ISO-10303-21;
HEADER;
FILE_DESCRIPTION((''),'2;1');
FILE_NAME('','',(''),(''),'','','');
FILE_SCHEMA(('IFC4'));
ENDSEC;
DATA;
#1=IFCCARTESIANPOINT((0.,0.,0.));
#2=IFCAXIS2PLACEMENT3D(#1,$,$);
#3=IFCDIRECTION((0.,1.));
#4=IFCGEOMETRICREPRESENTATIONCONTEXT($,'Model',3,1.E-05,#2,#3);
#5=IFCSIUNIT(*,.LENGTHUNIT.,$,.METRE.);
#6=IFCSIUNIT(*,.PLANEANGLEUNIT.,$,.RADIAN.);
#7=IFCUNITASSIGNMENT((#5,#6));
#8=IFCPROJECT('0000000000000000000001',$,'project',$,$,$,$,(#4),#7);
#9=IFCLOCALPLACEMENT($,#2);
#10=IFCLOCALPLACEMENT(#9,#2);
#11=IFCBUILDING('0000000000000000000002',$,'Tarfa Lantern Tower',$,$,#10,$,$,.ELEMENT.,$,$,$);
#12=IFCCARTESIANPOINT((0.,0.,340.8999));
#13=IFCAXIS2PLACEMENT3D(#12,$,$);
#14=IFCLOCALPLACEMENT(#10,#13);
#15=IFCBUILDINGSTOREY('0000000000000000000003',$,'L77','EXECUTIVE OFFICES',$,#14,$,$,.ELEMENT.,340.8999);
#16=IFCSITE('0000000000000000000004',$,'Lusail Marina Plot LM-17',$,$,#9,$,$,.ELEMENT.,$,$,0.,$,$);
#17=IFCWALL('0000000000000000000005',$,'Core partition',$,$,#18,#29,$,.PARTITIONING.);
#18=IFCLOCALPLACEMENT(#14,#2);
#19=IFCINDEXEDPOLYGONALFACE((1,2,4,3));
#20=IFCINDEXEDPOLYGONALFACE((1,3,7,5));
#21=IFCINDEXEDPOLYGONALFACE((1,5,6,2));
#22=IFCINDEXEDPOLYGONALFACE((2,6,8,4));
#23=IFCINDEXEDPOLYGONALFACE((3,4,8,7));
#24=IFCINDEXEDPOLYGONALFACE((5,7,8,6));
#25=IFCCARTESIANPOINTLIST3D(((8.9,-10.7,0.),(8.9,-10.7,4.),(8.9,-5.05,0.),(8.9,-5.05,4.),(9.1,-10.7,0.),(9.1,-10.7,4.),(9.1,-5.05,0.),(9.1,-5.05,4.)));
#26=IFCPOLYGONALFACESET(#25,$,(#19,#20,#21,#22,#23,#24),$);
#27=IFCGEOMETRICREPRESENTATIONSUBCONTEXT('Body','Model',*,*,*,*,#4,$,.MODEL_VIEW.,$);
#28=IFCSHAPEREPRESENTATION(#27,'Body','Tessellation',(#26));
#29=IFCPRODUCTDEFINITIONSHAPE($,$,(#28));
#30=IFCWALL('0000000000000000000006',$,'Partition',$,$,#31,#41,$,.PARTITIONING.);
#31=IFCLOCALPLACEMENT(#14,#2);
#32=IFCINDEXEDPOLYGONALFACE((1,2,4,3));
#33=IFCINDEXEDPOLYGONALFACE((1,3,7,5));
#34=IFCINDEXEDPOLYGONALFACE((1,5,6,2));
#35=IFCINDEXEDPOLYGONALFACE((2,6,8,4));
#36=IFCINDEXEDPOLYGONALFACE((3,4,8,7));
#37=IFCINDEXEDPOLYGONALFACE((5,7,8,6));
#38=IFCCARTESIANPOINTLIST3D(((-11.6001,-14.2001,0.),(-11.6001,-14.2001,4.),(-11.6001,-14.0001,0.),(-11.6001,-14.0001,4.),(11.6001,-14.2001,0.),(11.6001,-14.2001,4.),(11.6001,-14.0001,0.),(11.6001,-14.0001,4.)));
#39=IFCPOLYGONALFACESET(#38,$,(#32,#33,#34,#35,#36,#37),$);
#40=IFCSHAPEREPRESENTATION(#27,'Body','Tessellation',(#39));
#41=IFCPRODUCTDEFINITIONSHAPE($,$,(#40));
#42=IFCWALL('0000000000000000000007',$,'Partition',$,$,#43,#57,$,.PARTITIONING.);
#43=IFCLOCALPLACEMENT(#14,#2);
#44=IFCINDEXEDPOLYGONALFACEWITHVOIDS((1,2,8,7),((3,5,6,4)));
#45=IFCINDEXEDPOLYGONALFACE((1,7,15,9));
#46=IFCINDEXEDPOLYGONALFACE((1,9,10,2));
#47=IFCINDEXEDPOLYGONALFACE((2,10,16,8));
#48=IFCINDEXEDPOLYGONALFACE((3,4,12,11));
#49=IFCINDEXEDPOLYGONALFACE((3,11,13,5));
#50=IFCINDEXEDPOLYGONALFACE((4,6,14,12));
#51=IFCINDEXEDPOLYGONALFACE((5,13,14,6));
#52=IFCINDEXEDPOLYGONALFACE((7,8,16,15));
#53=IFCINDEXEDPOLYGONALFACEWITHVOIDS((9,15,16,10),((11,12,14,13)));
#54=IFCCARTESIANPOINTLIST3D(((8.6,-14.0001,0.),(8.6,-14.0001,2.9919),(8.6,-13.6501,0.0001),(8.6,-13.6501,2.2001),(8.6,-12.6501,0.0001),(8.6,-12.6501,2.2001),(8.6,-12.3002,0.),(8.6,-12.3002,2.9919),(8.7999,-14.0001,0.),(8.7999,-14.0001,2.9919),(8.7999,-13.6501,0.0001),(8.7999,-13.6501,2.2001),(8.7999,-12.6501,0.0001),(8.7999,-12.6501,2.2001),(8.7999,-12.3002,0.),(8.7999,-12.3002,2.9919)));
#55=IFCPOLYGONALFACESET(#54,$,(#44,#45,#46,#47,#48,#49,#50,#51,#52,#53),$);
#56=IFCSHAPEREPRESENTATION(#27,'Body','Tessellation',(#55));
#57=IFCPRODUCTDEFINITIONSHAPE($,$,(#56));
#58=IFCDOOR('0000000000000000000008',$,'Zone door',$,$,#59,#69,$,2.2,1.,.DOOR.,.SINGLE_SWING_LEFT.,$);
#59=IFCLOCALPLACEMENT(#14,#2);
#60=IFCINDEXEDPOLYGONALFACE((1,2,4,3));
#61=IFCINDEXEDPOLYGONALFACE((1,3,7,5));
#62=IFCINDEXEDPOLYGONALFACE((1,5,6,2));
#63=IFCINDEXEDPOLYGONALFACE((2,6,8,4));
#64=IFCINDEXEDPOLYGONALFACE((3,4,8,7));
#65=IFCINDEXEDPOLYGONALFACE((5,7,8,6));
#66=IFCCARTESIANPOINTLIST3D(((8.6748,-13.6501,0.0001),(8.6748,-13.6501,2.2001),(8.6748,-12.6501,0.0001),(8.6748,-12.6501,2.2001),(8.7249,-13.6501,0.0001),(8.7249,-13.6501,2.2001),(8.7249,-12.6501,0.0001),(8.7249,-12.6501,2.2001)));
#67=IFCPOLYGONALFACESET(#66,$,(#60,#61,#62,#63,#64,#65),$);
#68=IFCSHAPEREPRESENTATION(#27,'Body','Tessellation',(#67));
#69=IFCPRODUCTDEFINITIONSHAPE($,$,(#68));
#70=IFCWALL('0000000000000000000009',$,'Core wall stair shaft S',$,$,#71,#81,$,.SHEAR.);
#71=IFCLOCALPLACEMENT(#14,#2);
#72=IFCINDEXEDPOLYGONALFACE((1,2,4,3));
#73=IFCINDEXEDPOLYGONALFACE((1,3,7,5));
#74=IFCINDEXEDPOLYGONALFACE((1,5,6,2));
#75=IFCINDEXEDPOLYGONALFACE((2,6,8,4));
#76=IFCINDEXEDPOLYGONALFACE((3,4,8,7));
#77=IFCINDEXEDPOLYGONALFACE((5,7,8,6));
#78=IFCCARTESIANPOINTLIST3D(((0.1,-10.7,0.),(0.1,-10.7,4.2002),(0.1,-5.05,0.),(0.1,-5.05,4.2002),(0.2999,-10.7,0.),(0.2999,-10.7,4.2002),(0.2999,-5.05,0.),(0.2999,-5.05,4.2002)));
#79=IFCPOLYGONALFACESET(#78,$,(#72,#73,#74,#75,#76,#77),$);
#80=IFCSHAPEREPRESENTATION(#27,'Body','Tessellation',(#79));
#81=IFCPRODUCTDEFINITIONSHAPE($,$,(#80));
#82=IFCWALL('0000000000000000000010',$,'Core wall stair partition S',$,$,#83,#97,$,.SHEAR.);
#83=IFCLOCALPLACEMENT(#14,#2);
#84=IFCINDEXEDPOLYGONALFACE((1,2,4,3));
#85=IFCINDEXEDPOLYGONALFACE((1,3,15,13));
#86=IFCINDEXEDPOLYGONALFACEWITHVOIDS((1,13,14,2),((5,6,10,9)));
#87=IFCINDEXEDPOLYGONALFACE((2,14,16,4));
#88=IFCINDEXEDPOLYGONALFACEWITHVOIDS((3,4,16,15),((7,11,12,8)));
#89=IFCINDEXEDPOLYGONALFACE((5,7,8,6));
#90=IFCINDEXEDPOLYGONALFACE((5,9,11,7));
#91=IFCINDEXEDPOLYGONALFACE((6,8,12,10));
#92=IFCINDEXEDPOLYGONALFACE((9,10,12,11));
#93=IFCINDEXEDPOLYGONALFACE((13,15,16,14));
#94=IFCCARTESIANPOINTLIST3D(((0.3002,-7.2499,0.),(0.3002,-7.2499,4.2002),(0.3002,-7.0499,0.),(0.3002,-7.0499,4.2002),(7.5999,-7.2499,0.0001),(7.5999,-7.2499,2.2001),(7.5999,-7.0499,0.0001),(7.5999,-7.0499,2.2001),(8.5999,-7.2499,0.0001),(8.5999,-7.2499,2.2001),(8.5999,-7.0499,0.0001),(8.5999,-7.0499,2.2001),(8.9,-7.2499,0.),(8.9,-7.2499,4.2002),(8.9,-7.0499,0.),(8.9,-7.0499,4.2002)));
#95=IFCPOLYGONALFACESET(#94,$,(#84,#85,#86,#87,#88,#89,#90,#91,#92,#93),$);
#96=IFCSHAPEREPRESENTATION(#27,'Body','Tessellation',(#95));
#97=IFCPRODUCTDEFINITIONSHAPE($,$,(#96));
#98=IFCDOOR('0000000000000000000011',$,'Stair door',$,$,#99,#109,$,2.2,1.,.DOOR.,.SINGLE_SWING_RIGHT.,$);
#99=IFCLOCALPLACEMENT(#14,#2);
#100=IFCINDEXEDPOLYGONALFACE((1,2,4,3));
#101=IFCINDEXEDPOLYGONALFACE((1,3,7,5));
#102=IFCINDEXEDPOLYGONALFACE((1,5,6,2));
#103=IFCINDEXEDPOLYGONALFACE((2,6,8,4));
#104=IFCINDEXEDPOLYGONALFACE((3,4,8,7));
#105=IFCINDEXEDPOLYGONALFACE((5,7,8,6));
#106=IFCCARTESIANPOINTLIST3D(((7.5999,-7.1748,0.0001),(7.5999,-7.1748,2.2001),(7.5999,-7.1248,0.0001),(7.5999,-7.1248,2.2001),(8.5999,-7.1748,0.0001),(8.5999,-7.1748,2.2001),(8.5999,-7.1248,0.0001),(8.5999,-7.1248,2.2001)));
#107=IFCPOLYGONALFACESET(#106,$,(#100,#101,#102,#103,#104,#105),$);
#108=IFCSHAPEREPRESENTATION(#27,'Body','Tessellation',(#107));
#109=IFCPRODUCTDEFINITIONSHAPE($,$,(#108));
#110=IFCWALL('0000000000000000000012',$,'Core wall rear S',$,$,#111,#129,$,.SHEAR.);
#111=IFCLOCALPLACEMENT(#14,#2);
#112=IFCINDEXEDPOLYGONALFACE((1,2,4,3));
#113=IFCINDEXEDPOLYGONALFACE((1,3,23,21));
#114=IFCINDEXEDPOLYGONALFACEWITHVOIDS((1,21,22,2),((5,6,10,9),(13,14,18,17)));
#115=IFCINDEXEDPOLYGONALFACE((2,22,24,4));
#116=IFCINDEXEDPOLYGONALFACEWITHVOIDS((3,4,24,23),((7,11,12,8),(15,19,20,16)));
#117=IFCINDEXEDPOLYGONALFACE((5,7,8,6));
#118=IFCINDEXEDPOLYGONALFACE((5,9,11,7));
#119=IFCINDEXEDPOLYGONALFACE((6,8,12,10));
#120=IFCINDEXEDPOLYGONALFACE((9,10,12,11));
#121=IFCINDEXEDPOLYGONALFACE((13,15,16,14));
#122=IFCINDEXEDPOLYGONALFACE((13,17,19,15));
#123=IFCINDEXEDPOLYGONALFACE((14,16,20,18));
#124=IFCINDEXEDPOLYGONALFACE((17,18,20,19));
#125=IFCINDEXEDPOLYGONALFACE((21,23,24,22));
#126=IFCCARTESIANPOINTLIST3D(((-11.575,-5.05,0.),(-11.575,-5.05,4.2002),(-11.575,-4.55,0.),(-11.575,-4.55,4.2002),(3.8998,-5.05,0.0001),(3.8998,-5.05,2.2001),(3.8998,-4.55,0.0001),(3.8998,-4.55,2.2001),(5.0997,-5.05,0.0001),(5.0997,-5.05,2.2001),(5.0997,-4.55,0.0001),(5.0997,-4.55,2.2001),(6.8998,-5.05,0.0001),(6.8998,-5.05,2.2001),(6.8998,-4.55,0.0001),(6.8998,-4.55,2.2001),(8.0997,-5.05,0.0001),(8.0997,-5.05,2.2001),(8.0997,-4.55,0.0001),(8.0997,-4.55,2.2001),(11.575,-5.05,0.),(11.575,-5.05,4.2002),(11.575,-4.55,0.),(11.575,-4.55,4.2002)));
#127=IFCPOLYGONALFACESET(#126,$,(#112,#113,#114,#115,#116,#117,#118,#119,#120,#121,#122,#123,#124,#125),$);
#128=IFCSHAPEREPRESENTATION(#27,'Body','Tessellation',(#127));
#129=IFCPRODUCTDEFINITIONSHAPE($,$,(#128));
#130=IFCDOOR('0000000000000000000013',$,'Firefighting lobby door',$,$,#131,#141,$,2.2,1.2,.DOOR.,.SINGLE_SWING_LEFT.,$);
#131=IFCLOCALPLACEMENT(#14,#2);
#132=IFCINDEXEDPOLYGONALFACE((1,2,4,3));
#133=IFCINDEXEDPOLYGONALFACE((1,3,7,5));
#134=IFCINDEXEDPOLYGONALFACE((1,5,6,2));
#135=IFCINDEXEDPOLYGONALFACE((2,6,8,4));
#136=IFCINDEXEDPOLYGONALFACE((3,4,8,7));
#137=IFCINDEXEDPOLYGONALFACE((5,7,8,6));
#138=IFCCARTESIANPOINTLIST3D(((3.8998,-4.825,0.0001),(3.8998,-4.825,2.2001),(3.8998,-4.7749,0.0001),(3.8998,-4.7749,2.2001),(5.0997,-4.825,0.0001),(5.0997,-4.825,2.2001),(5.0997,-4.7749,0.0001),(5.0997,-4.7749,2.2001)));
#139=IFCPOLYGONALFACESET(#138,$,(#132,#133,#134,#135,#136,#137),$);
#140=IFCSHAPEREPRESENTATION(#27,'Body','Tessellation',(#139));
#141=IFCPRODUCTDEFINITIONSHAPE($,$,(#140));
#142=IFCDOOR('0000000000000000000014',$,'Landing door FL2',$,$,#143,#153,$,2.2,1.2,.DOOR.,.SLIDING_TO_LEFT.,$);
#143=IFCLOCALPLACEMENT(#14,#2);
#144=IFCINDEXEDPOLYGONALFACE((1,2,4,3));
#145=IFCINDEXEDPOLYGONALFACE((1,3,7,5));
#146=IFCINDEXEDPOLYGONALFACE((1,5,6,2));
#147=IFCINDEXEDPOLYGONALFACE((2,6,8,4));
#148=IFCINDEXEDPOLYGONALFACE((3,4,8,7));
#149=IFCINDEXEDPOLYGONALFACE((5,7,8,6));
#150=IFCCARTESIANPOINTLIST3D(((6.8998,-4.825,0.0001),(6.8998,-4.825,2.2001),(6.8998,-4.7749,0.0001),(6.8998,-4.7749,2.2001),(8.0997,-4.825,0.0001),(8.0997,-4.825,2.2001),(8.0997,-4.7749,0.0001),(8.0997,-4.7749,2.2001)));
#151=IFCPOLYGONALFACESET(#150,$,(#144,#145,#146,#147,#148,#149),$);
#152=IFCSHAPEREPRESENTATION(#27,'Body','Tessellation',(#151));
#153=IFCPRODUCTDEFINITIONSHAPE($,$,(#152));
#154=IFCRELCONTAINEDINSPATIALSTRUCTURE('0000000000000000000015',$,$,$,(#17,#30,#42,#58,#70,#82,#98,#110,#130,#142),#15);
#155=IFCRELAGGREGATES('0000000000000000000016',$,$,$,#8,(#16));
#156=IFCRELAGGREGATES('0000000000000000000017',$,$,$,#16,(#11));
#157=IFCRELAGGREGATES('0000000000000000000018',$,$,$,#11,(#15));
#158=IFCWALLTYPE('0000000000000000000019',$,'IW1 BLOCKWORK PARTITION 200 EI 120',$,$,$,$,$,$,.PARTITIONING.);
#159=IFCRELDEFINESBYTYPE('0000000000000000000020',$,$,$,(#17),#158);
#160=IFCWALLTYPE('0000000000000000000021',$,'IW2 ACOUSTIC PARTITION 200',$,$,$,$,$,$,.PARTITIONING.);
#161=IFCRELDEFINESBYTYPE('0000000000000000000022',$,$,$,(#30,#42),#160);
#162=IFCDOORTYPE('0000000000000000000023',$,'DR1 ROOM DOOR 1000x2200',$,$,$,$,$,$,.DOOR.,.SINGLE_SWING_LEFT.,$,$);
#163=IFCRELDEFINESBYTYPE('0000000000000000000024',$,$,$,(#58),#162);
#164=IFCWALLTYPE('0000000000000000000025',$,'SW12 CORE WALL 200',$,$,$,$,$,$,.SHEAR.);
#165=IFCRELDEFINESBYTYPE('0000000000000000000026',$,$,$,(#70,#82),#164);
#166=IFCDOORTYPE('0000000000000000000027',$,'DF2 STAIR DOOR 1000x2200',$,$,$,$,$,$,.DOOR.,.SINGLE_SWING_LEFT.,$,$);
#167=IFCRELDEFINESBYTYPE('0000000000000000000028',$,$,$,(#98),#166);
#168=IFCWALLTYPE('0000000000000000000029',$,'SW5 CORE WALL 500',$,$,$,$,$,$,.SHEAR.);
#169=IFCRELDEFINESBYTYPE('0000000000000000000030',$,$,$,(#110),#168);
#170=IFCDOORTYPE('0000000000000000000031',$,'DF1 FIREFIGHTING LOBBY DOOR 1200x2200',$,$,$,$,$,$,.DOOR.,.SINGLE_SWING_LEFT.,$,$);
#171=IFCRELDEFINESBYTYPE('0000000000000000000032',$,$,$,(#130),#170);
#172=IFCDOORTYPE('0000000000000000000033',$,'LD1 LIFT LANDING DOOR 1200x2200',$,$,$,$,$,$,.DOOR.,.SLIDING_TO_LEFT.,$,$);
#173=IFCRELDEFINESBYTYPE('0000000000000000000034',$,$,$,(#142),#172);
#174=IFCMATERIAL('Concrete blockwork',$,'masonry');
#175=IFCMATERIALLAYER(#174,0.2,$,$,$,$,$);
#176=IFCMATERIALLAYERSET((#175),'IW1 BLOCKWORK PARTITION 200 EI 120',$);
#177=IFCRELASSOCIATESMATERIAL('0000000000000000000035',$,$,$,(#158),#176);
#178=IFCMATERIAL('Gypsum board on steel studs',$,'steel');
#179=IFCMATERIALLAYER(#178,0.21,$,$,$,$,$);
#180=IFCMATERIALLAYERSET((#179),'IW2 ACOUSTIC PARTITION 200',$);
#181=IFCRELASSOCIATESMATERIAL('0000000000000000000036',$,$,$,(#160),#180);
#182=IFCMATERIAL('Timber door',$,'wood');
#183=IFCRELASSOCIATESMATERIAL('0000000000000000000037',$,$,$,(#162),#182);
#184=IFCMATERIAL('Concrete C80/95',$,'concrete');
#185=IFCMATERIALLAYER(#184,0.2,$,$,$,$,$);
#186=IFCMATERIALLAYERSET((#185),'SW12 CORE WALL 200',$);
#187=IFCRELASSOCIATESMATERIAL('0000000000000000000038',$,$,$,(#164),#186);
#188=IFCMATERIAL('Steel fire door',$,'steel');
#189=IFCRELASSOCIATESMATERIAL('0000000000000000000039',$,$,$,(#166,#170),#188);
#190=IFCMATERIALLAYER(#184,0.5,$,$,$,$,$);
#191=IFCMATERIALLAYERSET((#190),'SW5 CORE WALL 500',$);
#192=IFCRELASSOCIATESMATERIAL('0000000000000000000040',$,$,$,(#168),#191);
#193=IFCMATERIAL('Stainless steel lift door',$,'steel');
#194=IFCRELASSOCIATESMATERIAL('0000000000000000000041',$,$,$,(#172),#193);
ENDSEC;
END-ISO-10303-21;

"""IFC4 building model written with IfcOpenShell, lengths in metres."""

from ifc_helpers import new_model, si_unit, direction, frame, frame_2d, origin, place, context, subcontext, project, spatial, rectangle, extrude, material, layer, layer_set, type_object, element, fill, save


model = new_model("IFC4")

# Units and contexts
model_context = context("Model", 3, precision=1e-05, world=origin(), true_north=direction((0.0, 1.0)))
body_context = subcontext(model_context, "Body", "Model", "MODEL_VIEW")
ifc_project = project(units=[si_unit("LENGTHUNIT", "METRE"), si_unit("PLANEANGLEUNIT", "RADIAN")], contexts=[model_context])

# Site, building, storey
site_placement = place(None, origin())
site = spatial("IfcSite", under=ifc_project, at=site_placement, Name="Lusail Marina Plot LM-17", CompositionType="ELEMENT", RefElevation=0.0)
building_placement = place(site_placement, origin())
building = spatial("IfcBuilding", under=site, at=building_placement, Name="Tarfa Lantern Tower", CompositionType="ELEMENT")
storey_placement = place(building_placement, frame((0.0, 0.0, 340.8999)))
storey = spatial("IfcBuildingStorey", under=building, at=storey_placement, Name="L77", Description="EXECUTIVE OFFICES", CompositionType="ELEMENT", Elevation=340.8999)

# Walls
ifc_material_1 = material(Name="Concrete blockwork", Category="masonry")
ifc_layer_1 = layer(ifc_material_1, 0.2)
ifc_layer_set_1 = layer_set([ifc_layer_1], Name="IW1 BLOCKWORK PARTITION 200 EI 120")
wall_type_1 = type_object("IfcWallType", Name="IW1 BLOCKWORK PARTITION 200 EI 120", PredefinedType="PARTITIONING", material=ifc_layer_set_1)
wall_1_placement = place(storey_placement, frame((9.0, -5.05, 0.0), z_axis=(0.0, 0.0, 1.0), x_axis=(0.0, -1.0, 0.0)))
element("IfcWall", 1, at=wall_1_placement, inside=storey, type_object=wall_type_1, Name="Core partition", PredefinedType="PARTITIONING", context=body_context, shape_type="SweptSolid", body=[
    extrude(rectangle(XDim=5.6499, YDim=0.2, at=frame_2d((2.825, 0.0))), origin(), (0.0, 0.0, 1.0), 4.0),
])
ifc_material_2 = material(Name="Gypsum board on steel studs", Category="steel")
ifc_layer_2 = layer(ifc_material_2, 0.21)
ifc_layer_set_2 = layer_set([ifc_layer_2], Name="IW2 ACOUSTIC PARTITION 200")
wall_type_2 = type_object("IfcWallType", Name="IW2 ACOUSTIC PARTITION 200", PredefinedType="PARTITIONING", material=ifc_layer_set_2)
wall_2_placement = place(storey_placement, frame((11.6001, -14.1001, 0.0), z_axis=(0.0, 0.0, 1.0), x_axis=(-1.0, 0.0, 0.0)))
element("IfcWall", 2, at=wall_2_placement, inside=storey, type_object=wall_type_2, Name="Partition", PredefinedType="PARTITIONING", context=body_context, shape_type="SweptSolid", body=[
    extrude(rectangle(XDim=23.2002, YDim=0.2, at=frame_2d((11.6001, 0.0))), origin(), (0.0, 0.0, 1.0), 4.0),
])

# Wall, opening, door
wall_3_placement = place(storey_placement, frame((8.7, -12.3, 0.0), z_axis=(0.0, 0.0, 1.0), x_axis=(0.0, -1.0, 0.0)))
wall_3 = element("IfcWall", 3, at=wall_3_placement, inside=storey, type_object=wall_type_2, Name="Partition", PredefinedType="PARTITIONING", context=body_context, shape_type="SweptSolid", body=[
    extrude(rectangle(XDim=1.7, YDim=0.2, at=frame_2d((0.8501, 0.0))), origin(), (0.0, 0.0, 1.0), 2.9919),
])
opening_1_placement = place(wall_3_placement, frame((0.3501, 0.0, 0.0)))
opening_1 = element("IfcOpeningElement", 4, at=opening_1_placement, cuts=wall_3, PredefinedType="OPENING", context=body_context, shape_type="SweptSolid", body=[
    extrude(rectangle(XDim=1.0, YDim=2.2, at=frame_2d((0.5, 1.1001))), frame((0.0, 0.1099, 0.0), z_axis=(0.0, -1.0, 0.0), x_axis=(1.0, 0.0, 0.0)), (0.0, 0.0, 1.0), 0.22),
])
ifc_material_3 = material(Name="Timber door", Category="wood")
door_type_1 = type_object("IfcDoorType", Name="DR1 ROOM DOOR 1000x2200", OperationType="SINGLE_SWING_LEFT", PredefinedType="DOOR", material=ifc_material_3)
door_1_placement = place(opening_1_placement, origin())
door_1 = element("IfcDoor", 5, at=door_1_placement, inside=storey, type_object=door_type_1, Name="Zone door", OperationType="SINGLE_SWING_LEFT", OverallHeight=2.2, OverallWidth=1.0, PredefinedType="DOOR", context=body_context, shape_type="SweptSolid", body=[
    extrude(rectangle(XDim=1.0, YDim=2.2, at=frame_2d((0.5, 1.1001))), frame((0.0, 0.0249, 0.0), z_axis=(0.0, -1.0, 0.0), x_axis=(1.0, 0.0, 0.0)), (0.0, 0.0, 1.0), 0.05),
])
fill(opening_1, door_1)

# Wall
ifc_material_4 = material(Name="Concrete C80/95", Category="concrete")
ifc_layer_3 = layer(ifc_material_4, 0.2)
ifc_layer_set_3 = layer_set([ifc_layer_3], Name="SW12 CORE WALL 200")
wall_type_3 = type_object("IfcWallType", Name="SW12 CORE WALL 200", PredefinedType="SHEAR", material=ifc_layer_set_3)
wall_4_placement = place(storey_placement, frame((0.2, -5.05, 0.0), z_axis=(0.0, 0.0, 1.0), x_axis=(0.0, -1.0, 0.0)))
element("IfcWall", 6, at=wall_4_placement, inside=storey, type_object=wall_type_3, Name="Core wall stair shaft S", PredefinedType="SHEAR", context=body_context, shape_type="SweptSolid", body=[
    extrude(rectangle(XDim=5.6499, YDim=0.2, at=frame_2d((2.825, 0.0))), origin(), (0.0, 0.0, 1.0), 4.2002),
])

# Wall, opening, door
wall_5_placement = place(storey_placement, frame((8.8999, -7.1499, 0.0), z_axis=(0.0, 0.0, 1.0), x_axis=(-1.0, 0.0, 0.0)))
wall_5 = element("IfcWall", 7, at=wall_5_placement, inside=storey, type_object=wall_type_3, Name="Core wall stair partition S", PredefinedType="SHEAR", context=body_context, shape_type="SweptSolid", body=[
    extrude(rectangle(XDim=8.5999, YDim=0.2, at=frame_2d((4.2998, 0.0))), origin(), (0.0, 0.0, 1.0), 4.2002),
])
opening_2_placement = place(wall_5_placement, frame((0.3, 0.0, 0.0)))
opening_2 = element("IfcOpeningElement", 8, at=opening_2_placement, cuts=wall_5, PredefinedType="OPENING", context=body_context, shape_type="SweptSolid", body=[
    extrude(rectangle(XDim=1.0, YDim=2.2, at=frame_2d((0.5, 1.1001))), frame((0.0, 0.1099, 0.0), z_axis=(0.0, -1.0, 0.0), x_axis=(1.0, 0.0, 0.0)), (0.0, 0.0, 1.0), 0.22),
])
ifc_material_5 = material(Name="Steel fire door", Category="steel")
door_type_2 = type_object("IfcDoorType", Name="DF2 STAIR DOOR 1000x2200", OperationType="SINGLE_SWING_LEFT", PredefinedType="DOOR", material=ifc_material_5)
door_2_placement = place(opening_2_placement, origin())
door_2 = element("IfcDoor", 9, at=door_2_placement, inside=storey, type_object=door_type_2, Name="Stair door", OperationType="SINGLE_SWING_RIGHT", OverallHeight=2.2, OverallWidth=1.0, PredefinedType="DOOR", context=body_context, shape_type="SweptSolid", body=[
    extrude(rectangle(XDim=1.0, YDim=2.2, at=frame_2d((0.5, 1.1001))), frame((0.0, 0.0249, 0.0), z_axis=(0.0, -1.0, 0.0), x_axis=(1.0, 0.0, 0.0)), (0.0, 0.0, 1.0), 0.05),
])
fill(opening_2, door_2)

# Wall, openings, doors
ifc_layer_4 = layer(ifc_material_4, 0.5)
ifc_layer_set_4 = layer_set([ifc_layer_4], Name="SW5 CORE WALL 500")
wall_type_4 = type_object("IfcWallType", Name="SW5 CORE WALL 500", PredefinedType="SHEAR", material=ifc_layer_set_4)
wall_6_placement = place(storey_placement, frame((11.575, -4.8, 0.0), z_axis=(0.0, 0.0, 1.0), x_axis=(-1.0, 0.0, 0.0)))
wall_6 = element("IfcWall", 10, at=wall_6_placement, inside=storey, type_object=wall_type_4, Name="Core wall rear S", PredefinedType="SHEAR", context=body_context, shape_type="SweptSolid", body=[
    extrude(rectangle(XDim=23.1499, YDim=0.5, at=frame_2d((11.575, 0.0))), origin(), (0.0, 0.0, 1.0), 4.2002),
])
opening_3_placement = place(wall_6_placement, frame((6.4751, 0.0, 0.0)))
opening_3 = element("IfcOpeningElement", 11, at=opening_3_placement, cuts=wall_6, PredefinedType="OPENING", context=body_context, shape_type="SweptSolid", body=[
    extrude(rectangle(XDim=1.2, YDim=2.2, at=frame_2d((0.6001, 1.1001))), frame((0.0, 0.26, 0.0), z_axis=(0.0, -1.0, 0.0), x_axis=(1.0, 0.0, 0.0)), (0.0, 0.0, 1.0), 0.52),
])
opening_4_placement = place(wall_6_placement, frame((3.4751, 0.0, 0.0)))
opening_4 = element("IfcOpeningElement", 12, at=opening_4_placement, cuts=wall_6, PredefinedType="OPENING", context=body_context, shape_type="SweptSolid", body=[
    extrude(rectangle(XDim=1.2, YDim=2.2, at=frame_2d((0.6001, 1.1001))), frame((0.0, 0.26, 0.0), z_axis=(0.0, -1.0, 0.0), x_axis=(1.0, 0.0, 0.0)), (0.0, 0.0, 1.0), 0.52),
])
door_type_3 = type_object("IfcDoorType", Name="DF1 FIREFIGHTING LOBBY DOOR 1200x2200", OperationType="SINGLE_SWING_LEFT", PredefinedType="DOOR", material=ifc_material_5)
door_3_placement = place(opening_3_placement, origin())
door_3 = element("IfcDoor", 13, at=door_3_placement, inside=storey, type_object=door_type_3, Name="Firefighting lobby door", OperationType="SINGLE_SWING_LEFT", OverallHeight=2.2, OverallWidth=1.2, PredefinedType="DOOR", context=body_context, shape_type="SweptSolid", body=[
    extrude(rectangle(XDim=1.2, YDim=2.2, at=frame_2d((0.6001, 1.1001))), frame((0.0, 0.0249, 0.0), z_axis=(0.0, -1.0, 0.0), x_axis=(1.0, 0.0, 0.0)), (0.0, 0.0, 1.0), 0.05),
])
fill(opening_3, door_3)
ifc_material_6 = material(Name="Stainless steel lift door", Category="steel")
door_type_4 = type_object("IfcDoorType", Name="LD1 LIFT LANDING DOOR 1200x2200", OperationType="SLIDING_TO_LEFT", PredefinedType="DOOR", material=ifc_material_6)
door_4_placement = place(opening_4_placement, origin())
door_4 = element("IfcDoor", 14, at=door_4_placement, inside=storey, type_object=door_type_4, Name="Landing door FL2", OperationType="SLIDING_TO_LEFT", OverallHeight=2.2, OverallWidth=1.2, PredefinedType="DOOR", context=body_context, shape_type="SweptSolid", body=[
    extrude(rectangle(XDim=1.2, YDim=2.2, at=frame_2d((0.6001, 1.1001))), frame((0.0, 0.0249, 0.0), z_axis=(0.0, -1.0, 0.0), x_axis=(1.0, 0.0, 0.0)), (0.0, 0.0, 1.0), 0.05),
])
fill(opening_4, door_4)

save(model, "model.ifc")
